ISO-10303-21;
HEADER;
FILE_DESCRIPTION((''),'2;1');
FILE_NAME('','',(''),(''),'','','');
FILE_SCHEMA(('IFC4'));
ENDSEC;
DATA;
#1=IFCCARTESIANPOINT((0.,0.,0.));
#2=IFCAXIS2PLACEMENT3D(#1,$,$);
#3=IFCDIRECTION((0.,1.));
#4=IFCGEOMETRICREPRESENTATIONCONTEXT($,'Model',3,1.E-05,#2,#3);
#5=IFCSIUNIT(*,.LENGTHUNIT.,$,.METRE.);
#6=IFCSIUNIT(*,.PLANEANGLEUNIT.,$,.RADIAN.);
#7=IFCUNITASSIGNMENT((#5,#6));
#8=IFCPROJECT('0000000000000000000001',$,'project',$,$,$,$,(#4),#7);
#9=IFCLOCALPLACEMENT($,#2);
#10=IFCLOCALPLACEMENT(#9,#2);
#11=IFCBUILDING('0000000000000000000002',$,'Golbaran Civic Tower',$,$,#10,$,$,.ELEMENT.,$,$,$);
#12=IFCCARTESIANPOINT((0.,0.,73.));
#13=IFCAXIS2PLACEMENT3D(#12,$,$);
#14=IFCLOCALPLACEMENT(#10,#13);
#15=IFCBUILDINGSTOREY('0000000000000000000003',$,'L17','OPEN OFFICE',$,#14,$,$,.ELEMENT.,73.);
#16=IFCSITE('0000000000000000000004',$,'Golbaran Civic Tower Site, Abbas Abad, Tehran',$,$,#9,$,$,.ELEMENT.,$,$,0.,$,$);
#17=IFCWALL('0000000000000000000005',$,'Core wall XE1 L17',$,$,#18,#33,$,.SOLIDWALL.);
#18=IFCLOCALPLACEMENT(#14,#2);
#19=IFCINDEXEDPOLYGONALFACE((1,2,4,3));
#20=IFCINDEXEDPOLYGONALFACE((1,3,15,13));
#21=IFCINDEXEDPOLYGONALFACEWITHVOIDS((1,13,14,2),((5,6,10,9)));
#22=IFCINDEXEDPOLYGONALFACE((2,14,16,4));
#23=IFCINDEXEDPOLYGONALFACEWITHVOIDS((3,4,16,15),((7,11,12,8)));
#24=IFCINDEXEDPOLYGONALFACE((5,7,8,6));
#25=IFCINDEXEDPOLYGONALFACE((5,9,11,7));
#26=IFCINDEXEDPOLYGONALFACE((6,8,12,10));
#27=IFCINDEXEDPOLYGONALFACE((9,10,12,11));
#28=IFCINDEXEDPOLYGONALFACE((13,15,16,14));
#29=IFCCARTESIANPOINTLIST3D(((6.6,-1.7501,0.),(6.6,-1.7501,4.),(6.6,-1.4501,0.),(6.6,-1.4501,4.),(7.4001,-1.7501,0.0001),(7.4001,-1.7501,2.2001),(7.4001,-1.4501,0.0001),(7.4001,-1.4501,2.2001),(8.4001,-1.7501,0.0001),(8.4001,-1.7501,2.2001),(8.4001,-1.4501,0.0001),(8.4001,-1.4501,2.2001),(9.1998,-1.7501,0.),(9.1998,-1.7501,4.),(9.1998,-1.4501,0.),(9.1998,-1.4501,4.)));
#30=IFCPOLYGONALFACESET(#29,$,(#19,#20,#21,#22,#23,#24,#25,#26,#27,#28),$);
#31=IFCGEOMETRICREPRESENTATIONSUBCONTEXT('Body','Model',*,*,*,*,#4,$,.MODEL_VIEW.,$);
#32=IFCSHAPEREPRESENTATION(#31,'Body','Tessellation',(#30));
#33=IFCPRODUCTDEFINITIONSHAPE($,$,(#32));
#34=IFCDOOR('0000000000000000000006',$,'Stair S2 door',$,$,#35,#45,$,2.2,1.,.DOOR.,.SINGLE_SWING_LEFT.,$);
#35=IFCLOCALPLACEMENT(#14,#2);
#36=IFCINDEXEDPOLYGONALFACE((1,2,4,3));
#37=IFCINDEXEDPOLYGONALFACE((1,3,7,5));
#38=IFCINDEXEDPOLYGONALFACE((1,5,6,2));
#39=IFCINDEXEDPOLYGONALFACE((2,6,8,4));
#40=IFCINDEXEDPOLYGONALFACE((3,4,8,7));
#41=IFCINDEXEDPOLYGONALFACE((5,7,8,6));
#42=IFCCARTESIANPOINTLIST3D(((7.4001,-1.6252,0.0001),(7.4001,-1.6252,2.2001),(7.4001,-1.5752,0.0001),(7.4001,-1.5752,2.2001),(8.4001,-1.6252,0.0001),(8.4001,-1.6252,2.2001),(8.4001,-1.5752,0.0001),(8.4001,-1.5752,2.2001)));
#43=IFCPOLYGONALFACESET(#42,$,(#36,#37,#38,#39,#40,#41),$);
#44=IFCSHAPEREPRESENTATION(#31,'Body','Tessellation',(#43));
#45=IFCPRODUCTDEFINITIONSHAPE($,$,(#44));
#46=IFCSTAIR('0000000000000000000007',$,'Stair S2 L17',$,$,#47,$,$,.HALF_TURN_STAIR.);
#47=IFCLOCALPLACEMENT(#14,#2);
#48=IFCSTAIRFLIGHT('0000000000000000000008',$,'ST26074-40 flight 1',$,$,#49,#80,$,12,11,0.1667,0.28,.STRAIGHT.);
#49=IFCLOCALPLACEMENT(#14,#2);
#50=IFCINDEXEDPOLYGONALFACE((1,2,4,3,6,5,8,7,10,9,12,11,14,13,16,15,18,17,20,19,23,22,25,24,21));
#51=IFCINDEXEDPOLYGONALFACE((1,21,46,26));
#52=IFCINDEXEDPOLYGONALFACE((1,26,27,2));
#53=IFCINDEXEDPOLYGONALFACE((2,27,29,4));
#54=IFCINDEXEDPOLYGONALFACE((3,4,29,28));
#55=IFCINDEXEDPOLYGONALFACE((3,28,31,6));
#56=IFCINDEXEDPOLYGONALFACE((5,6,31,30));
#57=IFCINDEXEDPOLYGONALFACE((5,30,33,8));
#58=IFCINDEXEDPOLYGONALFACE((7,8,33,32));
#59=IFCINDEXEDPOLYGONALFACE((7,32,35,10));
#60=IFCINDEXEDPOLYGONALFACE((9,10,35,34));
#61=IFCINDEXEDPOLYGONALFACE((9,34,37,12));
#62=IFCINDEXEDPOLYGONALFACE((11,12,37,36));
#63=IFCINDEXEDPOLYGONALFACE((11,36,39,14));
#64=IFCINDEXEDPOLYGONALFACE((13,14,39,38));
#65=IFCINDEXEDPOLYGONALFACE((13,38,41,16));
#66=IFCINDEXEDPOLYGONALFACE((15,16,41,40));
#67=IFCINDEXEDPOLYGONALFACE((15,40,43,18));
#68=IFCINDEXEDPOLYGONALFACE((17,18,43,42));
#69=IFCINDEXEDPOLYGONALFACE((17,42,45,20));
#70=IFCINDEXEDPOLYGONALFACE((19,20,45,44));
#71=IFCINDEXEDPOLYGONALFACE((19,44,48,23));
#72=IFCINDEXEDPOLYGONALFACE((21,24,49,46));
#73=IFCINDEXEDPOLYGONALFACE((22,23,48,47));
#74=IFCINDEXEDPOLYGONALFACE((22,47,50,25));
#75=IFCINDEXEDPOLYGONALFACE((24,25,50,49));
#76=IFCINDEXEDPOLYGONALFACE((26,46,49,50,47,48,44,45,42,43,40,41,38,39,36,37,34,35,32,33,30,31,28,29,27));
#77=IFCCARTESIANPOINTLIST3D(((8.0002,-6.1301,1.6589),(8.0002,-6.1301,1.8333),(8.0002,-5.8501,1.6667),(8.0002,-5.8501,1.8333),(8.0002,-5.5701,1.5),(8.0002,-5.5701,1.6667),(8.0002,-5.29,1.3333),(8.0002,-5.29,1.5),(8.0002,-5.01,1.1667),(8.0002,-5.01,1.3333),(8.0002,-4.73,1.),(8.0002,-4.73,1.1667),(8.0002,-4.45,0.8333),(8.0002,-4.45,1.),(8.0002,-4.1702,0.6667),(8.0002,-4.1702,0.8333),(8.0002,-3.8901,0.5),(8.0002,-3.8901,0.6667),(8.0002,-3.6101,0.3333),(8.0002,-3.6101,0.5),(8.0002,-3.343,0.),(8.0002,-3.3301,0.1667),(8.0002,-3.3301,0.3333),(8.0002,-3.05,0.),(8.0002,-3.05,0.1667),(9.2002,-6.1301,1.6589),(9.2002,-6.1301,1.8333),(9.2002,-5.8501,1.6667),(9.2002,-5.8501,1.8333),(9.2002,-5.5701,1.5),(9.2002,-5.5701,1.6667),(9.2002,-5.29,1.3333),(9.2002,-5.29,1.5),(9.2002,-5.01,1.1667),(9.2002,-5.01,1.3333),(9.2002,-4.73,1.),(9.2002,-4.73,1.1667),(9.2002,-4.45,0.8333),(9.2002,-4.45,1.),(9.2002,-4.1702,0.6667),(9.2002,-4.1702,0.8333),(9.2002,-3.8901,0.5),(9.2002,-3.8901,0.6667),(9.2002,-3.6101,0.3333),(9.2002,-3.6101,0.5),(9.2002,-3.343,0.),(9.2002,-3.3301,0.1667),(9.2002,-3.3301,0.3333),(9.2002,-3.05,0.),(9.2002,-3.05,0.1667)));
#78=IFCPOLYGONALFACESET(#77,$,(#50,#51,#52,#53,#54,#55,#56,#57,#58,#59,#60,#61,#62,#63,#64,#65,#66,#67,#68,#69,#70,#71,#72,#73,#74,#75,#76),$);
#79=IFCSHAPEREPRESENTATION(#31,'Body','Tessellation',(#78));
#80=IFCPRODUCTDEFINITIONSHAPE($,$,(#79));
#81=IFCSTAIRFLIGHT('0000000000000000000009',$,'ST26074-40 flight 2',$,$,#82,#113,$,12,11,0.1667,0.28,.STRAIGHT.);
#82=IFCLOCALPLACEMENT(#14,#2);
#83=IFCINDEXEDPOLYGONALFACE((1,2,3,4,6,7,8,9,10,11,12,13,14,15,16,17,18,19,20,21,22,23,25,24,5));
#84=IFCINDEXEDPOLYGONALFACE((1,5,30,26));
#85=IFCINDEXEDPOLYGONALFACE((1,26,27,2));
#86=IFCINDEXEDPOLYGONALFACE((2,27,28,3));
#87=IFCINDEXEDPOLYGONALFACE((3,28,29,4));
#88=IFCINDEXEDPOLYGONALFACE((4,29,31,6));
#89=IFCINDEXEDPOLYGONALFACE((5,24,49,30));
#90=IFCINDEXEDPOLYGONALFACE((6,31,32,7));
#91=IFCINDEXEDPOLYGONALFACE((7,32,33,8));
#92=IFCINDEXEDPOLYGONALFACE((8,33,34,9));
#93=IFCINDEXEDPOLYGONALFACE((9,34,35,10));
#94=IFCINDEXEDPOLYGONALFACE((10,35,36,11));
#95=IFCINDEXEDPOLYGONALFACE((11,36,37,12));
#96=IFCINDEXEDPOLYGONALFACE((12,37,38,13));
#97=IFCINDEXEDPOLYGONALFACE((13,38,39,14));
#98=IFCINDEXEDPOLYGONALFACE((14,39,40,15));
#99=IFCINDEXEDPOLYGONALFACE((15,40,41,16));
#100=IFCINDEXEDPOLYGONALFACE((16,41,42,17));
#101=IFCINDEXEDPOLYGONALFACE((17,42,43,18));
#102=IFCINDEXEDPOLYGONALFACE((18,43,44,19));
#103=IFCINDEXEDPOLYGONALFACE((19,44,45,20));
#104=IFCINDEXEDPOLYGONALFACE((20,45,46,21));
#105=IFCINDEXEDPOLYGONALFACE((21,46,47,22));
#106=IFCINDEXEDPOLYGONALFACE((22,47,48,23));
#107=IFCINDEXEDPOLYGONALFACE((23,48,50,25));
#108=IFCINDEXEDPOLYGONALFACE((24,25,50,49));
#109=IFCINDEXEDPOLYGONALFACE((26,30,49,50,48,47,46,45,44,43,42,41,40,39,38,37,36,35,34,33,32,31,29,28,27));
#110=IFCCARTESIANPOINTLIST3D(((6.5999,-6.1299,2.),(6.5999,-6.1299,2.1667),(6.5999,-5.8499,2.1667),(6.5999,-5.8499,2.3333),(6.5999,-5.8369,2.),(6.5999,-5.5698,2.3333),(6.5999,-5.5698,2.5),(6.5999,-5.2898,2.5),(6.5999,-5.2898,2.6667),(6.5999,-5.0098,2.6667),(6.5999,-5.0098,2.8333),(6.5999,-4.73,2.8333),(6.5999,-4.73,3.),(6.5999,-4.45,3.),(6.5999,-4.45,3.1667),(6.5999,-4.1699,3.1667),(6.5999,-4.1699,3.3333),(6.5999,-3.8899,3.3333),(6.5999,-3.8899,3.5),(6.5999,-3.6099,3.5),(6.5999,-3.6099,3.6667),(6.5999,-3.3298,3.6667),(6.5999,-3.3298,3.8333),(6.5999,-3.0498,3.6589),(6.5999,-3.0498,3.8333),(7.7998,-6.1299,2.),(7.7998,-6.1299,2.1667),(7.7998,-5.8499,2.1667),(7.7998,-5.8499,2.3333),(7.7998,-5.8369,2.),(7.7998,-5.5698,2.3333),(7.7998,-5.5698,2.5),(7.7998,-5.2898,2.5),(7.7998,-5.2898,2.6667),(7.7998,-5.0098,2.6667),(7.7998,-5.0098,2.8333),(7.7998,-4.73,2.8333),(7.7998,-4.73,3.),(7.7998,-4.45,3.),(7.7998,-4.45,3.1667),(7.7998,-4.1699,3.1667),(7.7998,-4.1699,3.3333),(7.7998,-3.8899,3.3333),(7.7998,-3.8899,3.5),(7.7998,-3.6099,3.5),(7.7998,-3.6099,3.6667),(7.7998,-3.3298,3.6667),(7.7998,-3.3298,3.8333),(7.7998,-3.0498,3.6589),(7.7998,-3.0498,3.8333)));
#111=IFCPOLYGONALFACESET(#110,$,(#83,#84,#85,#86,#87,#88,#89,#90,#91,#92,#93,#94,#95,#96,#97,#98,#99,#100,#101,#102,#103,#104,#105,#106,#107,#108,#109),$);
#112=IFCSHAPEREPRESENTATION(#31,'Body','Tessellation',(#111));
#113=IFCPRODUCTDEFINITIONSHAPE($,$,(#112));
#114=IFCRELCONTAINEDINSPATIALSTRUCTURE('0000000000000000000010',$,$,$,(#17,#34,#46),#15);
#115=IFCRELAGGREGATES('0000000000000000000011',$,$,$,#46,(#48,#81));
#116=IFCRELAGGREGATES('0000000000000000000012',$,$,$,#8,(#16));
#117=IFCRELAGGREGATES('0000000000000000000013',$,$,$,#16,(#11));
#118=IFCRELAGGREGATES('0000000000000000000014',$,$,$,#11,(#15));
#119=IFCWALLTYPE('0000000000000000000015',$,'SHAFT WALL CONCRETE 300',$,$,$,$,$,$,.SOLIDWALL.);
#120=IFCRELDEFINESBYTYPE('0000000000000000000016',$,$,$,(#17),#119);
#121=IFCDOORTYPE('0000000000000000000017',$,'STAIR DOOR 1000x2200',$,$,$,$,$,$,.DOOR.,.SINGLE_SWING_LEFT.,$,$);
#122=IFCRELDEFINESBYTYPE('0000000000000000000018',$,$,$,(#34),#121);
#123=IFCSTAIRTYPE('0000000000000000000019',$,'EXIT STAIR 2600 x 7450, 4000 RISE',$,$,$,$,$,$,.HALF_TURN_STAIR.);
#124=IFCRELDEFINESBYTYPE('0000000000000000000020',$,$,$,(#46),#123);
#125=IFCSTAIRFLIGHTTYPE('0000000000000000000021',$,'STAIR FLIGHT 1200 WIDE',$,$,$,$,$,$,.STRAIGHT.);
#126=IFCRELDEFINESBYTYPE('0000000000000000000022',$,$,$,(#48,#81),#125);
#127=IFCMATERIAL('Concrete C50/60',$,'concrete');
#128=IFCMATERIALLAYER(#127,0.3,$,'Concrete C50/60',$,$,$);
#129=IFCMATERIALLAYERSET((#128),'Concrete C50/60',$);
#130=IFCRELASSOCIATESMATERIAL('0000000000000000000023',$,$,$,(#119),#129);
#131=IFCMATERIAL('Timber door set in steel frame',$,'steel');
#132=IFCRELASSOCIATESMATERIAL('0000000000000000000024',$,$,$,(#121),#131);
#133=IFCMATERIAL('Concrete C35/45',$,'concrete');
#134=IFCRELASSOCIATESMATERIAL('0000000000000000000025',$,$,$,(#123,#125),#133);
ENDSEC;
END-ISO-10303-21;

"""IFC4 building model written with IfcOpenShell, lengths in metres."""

from ifc_helpers import new_model, si_unit, direction, frame, frame_2d, origin, place, context, subcontext, project, spatial, polyline, rectangle, outline, extrude, material, layer, layer_set, type_object, element, fill, aggregate, save


model = new_model("IFC4")

# Units and contexts
model_context = context("Model", 3, precision=1e-05, world=origin(), true_north=direction((0.0, 1.0)))
body_context = subcontext(model_context, "Body", "Model", "MODEL_VIEW")
ifc_project = project(units=[si_unit("LENGTHUNIT", "METRE"), si_unit("PLANEANGLEUNIT", "RADIAN")], contexts=[model_context])

# Site, building, storey
site_placement = place(None, origin())
site = spatial("IfcSite", under=ifc_project, at=site_placement, Name="Golbaran Civic Tower Site, Abbas Abad, Tehran", CompositionType="ELEMENT", RefElevation=0.0)
building_placement = place(site_placement, origin())
building = spatial("IfcBuilding", under=site, at=building_placement, Name="Golbaran Civic Tower", CompositionType="ELEMENT")
storey_placement = place(building_placement, frame((0.0, 0.0, 73.0)))
storey = spatial("IfcBuildingStorey", under=building, at=storey_placement, Name="L17", Description="OPEN OFFICE", CompositionType="ELEMENT", Elevation=73.0)

# Shared definitions
ifc_material_1 = material(Name="Concrete C35/45", Category="concrete")

# Shared definitions
ifc_material_2 = material(Name="Timber door set in steel frame", Category="steel")

# Shared definitions
ifc_material_3 = material(Name="Concrete C50/60", Category="concrete")
ifc_layer_1 = layer(ifc_material_3, 0.3, Name="Concrete C50/60")
ifc_layer_set_1 = layer_set([ifc_layer_1], Name="Concrete C50/60")
wall_type_1 = type_object("IfcWallType", Name="SHAFT WALL CONCRETE 300", PredefinedType="SOLIDWALL", material=ifc_layer_set_1)

# Shared definitions
door_type_1 = type_object("IfcDoorType", Name="STAIR DOOR 1000x2200", OperationType="SINGLE_SWING_LEFT", PredefinedType="DOOR", material=ifc_material_2)

# Wall, opening, door
wall_1_placement = place(storey_placement, frame((6.6001, -1.6001, 0.0), z_axis=(0.0, 0.0, 1.0), x_axis=(1.0, 0.0, 0.0)))
wall_1 = element("IfcWall", 1, at=wall_1_placement, inside=storey, type_object=wall_type_1, Name="Core wall XE1 L17", PredefinedType="SOLIDWALL", context=body_context, shape_type="SweptSolid", body=[
    extrude(rectangle(XDim=2.5999, YDim=0.3, at=frame_2d((1.2998, 0.0))), origin(), (0.0, 0.0, 1.0), 4.0),
])
opening_1_placement = place(wall_1_placement, frame((0.8, 0.0, 0.0)))
opening_1 = element("IfcOpeningElement", 2, at=opening_1_placement, cuts=wall_1, PredefinedType="OPENING", context=body_context, shape_type="SweptSolid", body=[
    extrude(rectangle(XDim=1.0, YDim=2.2, at=frame_2d((0.5, 1.1001))), frame((0.0, 0.1599, 0.0), z_axis=(0.0, -1.0, 0.0), x_axis=(1.0, 0.0, 0.0)), (0.0, 0.0, 1.0), 0.3201),
])
door_1_placement = place(opening_1_placement, origin())
door_1 = element("IfcDoor", 3, at=door_1_placement, inside=storey, type_object=door_type_1, Name="Stair S2 door", OperationType="SINGLE_SWING_LEFT", OverallHeight=2.2, OverallWidth=1.0, PredefinedType="DOOR", context=body_context, shape_type="SweptSolid", body=[
    extrude(rectangle(XDim=1.0, YDim=2.2, at=frame_2d((0.5, 1.1001))), frame((0.0, 0.0249, 0.0), z_axis=(0.0, -1.0, 0.0), x_axis=(1.0, 0.0, 0.0)), (0.0, 0.0, 1.0), 0.05),
])
fill(opening_1, door_1)

# Stair, stair flights
stair_type_1 = type_object("IfcStairType", Name="EXIT STAIR 2600 x 7450, 4000 RISE", PredefinedType="HALF_TURN_STAIR", material=ifc_material_1)
stair_1_placement = place(storey_placement, origin())
stair_1 = element("IfcStair", 4, at=stair_1_placement, inside=storey, type_object=stair_type_1, Name="Stair S2 L17", PredefinedType="HALF_TURN_STAIR")
stair_flight_type = type_object("IfcStairFlightType", Name="STAIR FLIGHT 1200 WIDE", PredefinedType="STRAIGHT", material=ifc_material_1)
stair_flight_1_placement = place(storey_placement, frame((8.6001, -3.05, 0.0), z_axis=(0.0, 0.0, 1.0), x_axis=(0.0, -1.0, 0.0)))
stair_flight_1 = element("IfcStairFlight", 5, at=stair_flight_1_placement, type_object=stair_flight_type, Name="ST26074-40 flight 1", NumberOfRisers=12, NumberOfTreads=11, PredefinedType="STRAIGHT", RiserHeight=0.1667, TreadLength=0.28, context=body_context, shape_type="SweptSolid", body=[
    extrude(outline(polyline([(0.0, 0.0), (0.0, 0.1667), (0.28, 0.1667), (0.28, 0.3333), (0.5601, 0.3333), (0.5601, 0.5), (0.8401, 0.5), (0.8401, 0.6667), (1.1201, 0.6667), (1.1201, 0.8333), (1.3999, 0.8333), (1.3999, 1.0), (1.6799, 1.0), (1.6799, 1.1667), (1.96, 1.1667), (1.96, 1.3333), (2.24, 1.3333), (2.24, 1.5), (2.52, 1.5), (2.52, 1.6667), (2.8, 1.6667), (2.8, 1.8333), (3.0801, 1.8333), (3.0801, 2.0), (3.0801, 1.6589), (0.293, 0.0), (0.0, 0.0)])), frame((0.0, 0.6001, 0.0), z_axis=(0.0, -1.0, 0.0), x_axis=(1.0, 0.0, 0.0)), (0.0, 0.0, 1.0), 1.2),
])
stair_flight_2_placement = place(storey_placement, frame((7.2, -6.1299, 2.0), z_axis=(0.0, 0.0, 1.0), x_axis=(0.0, 1.0, 0.0)))
stair_flight_2 = element("IfcStairFlight", 6, at=stair_flight_2_placement, type_object=stair_flight_type, Name="ST26074-40 flight 2", NumberOfRisers=12, NumberOfTreads=11, PredefinedType="STRAIGHT", RiserHeight=0.1667, TreadLength=0.28, context=body_context, shape_type="SweptSolid", body=[
    extrude(outline(polyline([(0.0, 0.0), (0.0, 0.1667), (0.28, 0.1667), (0.28, 0.3333), (0.5601, 0.3333), (0.5601, 0.5), (0.8401, 0.5), (0.8401, 0.6667), (1.1201, 0.6667), (1.1201, 0.8333), (1.3999, 0.8333), (1.3999, 1.0), (1.6799, 1.0), (1.6799, 1.1667), (1.96, 1.1667), (1.96, 1.3333), (2.24, 1.3333), (2.24, 1.5), (2.52, 1.5), (2.52, 1.6667), (2.8, 1.6667), (2.8, 1.8333), (3.0801, 1.8333), (3.0801, 2.0), (3.0801, 1.6589), (0.293, 0.0), (0.0, 0.0)])), frame((0.0, 0.6001, 0.0), z_axis=(0.0, -1.0, 0.0), x_axis=(1.0, 0.0, 0.0)), (0.0, 0.0, 1.0), 1.2),
])
aggregate(stair_1, [stair_flight_1, stair_flight_2])

save(model, "model.ifc")
